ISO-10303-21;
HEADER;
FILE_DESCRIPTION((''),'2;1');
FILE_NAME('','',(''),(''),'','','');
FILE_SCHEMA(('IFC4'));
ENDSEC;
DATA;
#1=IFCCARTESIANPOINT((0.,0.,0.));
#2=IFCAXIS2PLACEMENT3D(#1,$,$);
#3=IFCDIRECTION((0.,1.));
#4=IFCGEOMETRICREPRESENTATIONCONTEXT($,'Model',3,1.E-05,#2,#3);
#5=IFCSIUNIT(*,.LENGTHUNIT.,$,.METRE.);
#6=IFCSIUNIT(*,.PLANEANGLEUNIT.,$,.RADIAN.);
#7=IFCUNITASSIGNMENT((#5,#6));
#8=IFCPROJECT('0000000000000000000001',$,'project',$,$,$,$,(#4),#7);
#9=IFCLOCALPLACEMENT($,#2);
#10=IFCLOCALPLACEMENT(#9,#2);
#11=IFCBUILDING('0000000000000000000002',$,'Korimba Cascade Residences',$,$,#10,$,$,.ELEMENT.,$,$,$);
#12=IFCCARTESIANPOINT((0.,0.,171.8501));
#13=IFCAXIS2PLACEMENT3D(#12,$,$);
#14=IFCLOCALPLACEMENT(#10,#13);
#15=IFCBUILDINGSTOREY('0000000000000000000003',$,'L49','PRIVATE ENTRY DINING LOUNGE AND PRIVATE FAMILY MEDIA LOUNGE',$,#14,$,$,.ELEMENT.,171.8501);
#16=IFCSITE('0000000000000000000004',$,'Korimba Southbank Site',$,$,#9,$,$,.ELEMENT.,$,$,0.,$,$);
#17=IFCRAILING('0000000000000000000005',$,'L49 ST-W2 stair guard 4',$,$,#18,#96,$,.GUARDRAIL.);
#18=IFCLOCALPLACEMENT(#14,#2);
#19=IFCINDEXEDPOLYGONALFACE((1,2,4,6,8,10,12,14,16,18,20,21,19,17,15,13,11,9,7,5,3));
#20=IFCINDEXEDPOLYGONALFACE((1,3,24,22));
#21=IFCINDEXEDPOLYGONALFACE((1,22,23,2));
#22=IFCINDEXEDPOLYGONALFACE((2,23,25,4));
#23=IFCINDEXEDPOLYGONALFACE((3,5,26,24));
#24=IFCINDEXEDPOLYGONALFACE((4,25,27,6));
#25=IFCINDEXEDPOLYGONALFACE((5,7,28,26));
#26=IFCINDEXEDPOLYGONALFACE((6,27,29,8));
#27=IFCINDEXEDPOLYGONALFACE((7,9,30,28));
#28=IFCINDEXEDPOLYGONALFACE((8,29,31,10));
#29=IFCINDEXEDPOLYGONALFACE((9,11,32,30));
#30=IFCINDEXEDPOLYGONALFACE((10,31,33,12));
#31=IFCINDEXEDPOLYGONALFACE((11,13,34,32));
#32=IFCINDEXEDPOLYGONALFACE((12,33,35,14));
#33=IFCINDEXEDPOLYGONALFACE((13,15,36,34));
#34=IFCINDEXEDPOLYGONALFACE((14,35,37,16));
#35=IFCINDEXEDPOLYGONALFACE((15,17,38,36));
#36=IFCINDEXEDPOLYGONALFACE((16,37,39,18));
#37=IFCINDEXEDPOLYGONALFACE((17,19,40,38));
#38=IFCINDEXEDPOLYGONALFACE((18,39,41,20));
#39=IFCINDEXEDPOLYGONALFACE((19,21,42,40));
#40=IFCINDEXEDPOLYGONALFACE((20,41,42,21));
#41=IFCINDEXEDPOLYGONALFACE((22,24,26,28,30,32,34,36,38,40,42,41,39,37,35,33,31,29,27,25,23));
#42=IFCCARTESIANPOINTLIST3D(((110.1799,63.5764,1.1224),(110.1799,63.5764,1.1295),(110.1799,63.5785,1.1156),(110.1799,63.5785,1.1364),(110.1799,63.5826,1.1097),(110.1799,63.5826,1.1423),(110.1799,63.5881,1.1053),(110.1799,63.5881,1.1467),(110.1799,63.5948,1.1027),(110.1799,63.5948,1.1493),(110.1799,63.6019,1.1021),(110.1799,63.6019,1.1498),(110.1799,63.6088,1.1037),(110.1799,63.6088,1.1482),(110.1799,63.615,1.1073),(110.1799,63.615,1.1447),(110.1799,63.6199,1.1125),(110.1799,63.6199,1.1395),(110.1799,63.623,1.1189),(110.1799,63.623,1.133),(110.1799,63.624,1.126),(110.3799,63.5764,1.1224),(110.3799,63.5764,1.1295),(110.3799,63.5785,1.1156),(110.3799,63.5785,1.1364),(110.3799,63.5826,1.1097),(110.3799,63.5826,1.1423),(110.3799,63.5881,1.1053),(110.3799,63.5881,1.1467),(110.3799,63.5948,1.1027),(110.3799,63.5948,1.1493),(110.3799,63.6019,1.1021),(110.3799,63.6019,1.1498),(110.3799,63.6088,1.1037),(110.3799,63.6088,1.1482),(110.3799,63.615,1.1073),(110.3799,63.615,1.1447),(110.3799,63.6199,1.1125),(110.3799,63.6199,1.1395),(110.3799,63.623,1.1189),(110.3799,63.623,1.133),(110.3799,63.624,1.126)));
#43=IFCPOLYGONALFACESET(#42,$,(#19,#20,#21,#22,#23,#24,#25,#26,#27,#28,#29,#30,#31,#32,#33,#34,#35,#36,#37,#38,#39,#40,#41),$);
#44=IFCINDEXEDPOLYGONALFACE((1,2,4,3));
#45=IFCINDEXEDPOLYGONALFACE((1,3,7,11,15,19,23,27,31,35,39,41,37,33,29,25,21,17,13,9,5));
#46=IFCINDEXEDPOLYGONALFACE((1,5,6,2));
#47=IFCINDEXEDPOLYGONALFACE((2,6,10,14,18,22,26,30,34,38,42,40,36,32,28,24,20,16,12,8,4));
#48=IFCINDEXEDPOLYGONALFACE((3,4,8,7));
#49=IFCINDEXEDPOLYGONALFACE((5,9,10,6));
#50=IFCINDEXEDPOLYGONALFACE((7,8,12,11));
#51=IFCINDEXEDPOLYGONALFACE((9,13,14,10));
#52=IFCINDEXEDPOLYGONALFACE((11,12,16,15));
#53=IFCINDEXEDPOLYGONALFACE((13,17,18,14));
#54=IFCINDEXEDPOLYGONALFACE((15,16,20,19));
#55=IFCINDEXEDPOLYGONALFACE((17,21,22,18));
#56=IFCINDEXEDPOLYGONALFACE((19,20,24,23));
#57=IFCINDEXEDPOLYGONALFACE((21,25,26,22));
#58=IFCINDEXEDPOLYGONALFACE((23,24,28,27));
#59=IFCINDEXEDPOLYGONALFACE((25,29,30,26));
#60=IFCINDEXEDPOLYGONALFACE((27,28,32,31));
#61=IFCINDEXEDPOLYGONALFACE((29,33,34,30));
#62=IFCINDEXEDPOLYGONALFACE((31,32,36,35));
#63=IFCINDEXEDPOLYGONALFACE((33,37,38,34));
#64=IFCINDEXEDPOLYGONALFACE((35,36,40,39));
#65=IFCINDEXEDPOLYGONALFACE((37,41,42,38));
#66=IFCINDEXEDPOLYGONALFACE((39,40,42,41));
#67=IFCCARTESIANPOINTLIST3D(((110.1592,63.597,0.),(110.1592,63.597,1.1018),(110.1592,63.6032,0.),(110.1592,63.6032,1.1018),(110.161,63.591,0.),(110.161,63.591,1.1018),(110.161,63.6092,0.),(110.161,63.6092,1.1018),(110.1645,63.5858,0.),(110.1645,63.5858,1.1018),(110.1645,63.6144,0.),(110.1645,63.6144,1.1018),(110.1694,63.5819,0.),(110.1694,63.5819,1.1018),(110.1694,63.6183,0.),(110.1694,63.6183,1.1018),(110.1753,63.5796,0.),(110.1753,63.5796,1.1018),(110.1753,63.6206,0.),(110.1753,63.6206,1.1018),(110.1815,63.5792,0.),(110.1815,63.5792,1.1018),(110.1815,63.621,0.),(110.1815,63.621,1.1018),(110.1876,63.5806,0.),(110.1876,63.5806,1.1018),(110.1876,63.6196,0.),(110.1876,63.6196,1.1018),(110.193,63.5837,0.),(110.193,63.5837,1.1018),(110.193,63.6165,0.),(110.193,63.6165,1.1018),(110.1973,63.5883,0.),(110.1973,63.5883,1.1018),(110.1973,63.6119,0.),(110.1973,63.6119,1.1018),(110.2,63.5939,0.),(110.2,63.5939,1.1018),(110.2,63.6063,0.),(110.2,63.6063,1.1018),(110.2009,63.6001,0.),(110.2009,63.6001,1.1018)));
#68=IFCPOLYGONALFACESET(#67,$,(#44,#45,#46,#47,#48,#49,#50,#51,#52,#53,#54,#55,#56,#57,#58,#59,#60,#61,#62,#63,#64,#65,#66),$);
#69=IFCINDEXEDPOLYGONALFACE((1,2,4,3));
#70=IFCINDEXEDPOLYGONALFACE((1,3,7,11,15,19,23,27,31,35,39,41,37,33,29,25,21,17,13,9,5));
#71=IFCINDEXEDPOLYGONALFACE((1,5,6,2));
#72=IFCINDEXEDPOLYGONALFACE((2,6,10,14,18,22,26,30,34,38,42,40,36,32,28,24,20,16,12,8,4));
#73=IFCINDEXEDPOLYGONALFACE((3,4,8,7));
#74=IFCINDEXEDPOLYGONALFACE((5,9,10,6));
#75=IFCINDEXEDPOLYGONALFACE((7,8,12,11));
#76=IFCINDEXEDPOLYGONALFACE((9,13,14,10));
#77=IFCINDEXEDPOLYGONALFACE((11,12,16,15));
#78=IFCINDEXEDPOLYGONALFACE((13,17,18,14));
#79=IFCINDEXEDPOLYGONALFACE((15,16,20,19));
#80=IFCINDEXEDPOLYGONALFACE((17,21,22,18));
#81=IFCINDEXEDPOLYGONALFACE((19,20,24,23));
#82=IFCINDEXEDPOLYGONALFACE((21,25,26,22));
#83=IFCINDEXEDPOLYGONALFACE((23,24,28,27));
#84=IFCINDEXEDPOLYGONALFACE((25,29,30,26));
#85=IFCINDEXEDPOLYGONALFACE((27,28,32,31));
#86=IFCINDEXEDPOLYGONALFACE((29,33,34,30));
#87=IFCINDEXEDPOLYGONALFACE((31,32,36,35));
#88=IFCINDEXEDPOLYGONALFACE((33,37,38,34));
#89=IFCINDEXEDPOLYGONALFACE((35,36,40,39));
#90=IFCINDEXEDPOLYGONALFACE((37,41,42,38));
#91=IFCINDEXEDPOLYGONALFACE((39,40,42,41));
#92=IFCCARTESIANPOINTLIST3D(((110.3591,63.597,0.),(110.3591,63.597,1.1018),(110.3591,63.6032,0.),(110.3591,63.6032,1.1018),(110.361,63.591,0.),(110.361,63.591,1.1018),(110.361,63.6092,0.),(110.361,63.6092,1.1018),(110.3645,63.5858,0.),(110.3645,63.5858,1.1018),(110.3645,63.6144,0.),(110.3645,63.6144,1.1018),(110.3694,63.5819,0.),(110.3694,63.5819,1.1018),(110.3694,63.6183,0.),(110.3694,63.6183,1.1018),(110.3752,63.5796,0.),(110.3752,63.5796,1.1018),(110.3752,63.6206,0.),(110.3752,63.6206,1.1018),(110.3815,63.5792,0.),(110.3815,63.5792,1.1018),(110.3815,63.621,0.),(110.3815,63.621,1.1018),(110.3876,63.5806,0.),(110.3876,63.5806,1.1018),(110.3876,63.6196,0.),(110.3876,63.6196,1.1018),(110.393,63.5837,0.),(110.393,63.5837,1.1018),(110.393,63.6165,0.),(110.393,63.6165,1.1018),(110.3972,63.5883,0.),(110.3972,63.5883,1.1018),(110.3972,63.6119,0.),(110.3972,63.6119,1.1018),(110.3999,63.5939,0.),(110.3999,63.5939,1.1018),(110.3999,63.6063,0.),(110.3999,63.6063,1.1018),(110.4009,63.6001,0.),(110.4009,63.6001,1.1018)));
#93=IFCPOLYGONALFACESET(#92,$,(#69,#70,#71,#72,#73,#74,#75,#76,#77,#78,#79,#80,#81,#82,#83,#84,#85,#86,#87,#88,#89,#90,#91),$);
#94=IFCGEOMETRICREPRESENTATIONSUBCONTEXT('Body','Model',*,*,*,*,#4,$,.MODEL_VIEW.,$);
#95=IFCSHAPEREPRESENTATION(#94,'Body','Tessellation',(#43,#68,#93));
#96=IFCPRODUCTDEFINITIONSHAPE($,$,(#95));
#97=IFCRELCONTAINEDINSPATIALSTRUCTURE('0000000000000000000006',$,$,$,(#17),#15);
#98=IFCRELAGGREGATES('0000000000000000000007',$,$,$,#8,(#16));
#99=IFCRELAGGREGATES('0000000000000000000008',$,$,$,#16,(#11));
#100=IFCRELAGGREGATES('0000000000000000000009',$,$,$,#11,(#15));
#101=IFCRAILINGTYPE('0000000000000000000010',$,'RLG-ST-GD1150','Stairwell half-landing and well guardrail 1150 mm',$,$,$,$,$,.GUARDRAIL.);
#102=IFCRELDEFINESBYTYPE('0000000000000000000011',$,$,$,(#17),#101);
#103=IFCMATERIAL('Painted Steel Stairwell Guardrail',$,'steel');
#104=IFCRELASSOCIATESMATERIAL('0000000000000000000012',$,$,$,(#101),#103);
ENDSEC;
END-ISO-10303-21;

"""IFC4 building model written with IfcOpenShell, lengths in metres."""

from ifc_helpers import new_model, si_unit, direction, frame, origin, origin_2d, place, context, subcontext, project, spatial, circle, extrude, material, type_object, element, save


model = new_model("IFC4")

# Units and contexts
model_context = context("Model", 3, precision=1e-05, world=origin(), true_north=direction((0.0, 1.0)))
body_context = subcontext(model_context, "Body", "Model", "MODEL_VIEW")
ifc_project = project(units=[si_unit("LENGTHUNIT", "METRE"), si_unit("PLANEANGLEUNIT", "RADIAN")], contexts=[model_context])

# Site, building, storey
site_placement = place(None, origin())
site = spatial("IfcSite", under=ifc_project, at=site_placement, Name="Korimba Southbank Site", CompositionType="ELEMENT", RefElevation=0.0)
building_placement = place(site_placement, origin())
building = spatial("IfcBuilding", under=site, at=building_placement, Name="Korimba Cascade Residences", CompositionType="ELEMENT")
storey_placement = place(building_placement, frame((0.0, 0.0, 171.8501)))
storey = spatial("IfcBuildingStorey", under=building, at=storey_placement, Name="L49", Description="PRIVATE ENTRY DINING LOUNGE AND PRIVATE FAMILY MEDIA LOUNGE", CompositionType="ELEMENT", Elevation=171.8501)

# Railing
ifc_material_1 = material(Name="Painted Steel Stairwell Guardrail", Category="steel")
railing_type_1 = type_object("IfcRailingType", Name="RLG-ST-GD1150", Description="Stairwell half-landing and well guardrail 1150 mm", PredefinedType="GUARDRAIL", material=ifc_material_1)
railing_1_placement = place(storey_placement, frame((110.1799, 63.6001, 0.0)))
element("IfcRailing", 1, at=railing_1_placement, inside=storey, type_object=railing_type_1, Name="L49 ST-W2 stair guard 4", PredefinedType="GUARDRAIL", context=body_context, shape_type="SweptSolid", body=[
    extrude(circle(Radius=0.0239, at=origin_2d()), frame((0.0, 0.0, 1.126), z_axis=(1.0, 0.0, 0.0), x_axis=(0.0, 1.0, 0.0)), (0.0, 0.0, 1.0), 0.2),
    extrude(circle(Radius=0.021, at=origin_2d()), origin(), (0.0, 0.0, 1.0), 1.1018),
    extrude(circle(Radius=0.021, at=origin_2d()), frame((0.2, 0.0, 0.0)), (0.0, 0.0, 1.0), 1.1018),
])

save(model, "model.ifc")
